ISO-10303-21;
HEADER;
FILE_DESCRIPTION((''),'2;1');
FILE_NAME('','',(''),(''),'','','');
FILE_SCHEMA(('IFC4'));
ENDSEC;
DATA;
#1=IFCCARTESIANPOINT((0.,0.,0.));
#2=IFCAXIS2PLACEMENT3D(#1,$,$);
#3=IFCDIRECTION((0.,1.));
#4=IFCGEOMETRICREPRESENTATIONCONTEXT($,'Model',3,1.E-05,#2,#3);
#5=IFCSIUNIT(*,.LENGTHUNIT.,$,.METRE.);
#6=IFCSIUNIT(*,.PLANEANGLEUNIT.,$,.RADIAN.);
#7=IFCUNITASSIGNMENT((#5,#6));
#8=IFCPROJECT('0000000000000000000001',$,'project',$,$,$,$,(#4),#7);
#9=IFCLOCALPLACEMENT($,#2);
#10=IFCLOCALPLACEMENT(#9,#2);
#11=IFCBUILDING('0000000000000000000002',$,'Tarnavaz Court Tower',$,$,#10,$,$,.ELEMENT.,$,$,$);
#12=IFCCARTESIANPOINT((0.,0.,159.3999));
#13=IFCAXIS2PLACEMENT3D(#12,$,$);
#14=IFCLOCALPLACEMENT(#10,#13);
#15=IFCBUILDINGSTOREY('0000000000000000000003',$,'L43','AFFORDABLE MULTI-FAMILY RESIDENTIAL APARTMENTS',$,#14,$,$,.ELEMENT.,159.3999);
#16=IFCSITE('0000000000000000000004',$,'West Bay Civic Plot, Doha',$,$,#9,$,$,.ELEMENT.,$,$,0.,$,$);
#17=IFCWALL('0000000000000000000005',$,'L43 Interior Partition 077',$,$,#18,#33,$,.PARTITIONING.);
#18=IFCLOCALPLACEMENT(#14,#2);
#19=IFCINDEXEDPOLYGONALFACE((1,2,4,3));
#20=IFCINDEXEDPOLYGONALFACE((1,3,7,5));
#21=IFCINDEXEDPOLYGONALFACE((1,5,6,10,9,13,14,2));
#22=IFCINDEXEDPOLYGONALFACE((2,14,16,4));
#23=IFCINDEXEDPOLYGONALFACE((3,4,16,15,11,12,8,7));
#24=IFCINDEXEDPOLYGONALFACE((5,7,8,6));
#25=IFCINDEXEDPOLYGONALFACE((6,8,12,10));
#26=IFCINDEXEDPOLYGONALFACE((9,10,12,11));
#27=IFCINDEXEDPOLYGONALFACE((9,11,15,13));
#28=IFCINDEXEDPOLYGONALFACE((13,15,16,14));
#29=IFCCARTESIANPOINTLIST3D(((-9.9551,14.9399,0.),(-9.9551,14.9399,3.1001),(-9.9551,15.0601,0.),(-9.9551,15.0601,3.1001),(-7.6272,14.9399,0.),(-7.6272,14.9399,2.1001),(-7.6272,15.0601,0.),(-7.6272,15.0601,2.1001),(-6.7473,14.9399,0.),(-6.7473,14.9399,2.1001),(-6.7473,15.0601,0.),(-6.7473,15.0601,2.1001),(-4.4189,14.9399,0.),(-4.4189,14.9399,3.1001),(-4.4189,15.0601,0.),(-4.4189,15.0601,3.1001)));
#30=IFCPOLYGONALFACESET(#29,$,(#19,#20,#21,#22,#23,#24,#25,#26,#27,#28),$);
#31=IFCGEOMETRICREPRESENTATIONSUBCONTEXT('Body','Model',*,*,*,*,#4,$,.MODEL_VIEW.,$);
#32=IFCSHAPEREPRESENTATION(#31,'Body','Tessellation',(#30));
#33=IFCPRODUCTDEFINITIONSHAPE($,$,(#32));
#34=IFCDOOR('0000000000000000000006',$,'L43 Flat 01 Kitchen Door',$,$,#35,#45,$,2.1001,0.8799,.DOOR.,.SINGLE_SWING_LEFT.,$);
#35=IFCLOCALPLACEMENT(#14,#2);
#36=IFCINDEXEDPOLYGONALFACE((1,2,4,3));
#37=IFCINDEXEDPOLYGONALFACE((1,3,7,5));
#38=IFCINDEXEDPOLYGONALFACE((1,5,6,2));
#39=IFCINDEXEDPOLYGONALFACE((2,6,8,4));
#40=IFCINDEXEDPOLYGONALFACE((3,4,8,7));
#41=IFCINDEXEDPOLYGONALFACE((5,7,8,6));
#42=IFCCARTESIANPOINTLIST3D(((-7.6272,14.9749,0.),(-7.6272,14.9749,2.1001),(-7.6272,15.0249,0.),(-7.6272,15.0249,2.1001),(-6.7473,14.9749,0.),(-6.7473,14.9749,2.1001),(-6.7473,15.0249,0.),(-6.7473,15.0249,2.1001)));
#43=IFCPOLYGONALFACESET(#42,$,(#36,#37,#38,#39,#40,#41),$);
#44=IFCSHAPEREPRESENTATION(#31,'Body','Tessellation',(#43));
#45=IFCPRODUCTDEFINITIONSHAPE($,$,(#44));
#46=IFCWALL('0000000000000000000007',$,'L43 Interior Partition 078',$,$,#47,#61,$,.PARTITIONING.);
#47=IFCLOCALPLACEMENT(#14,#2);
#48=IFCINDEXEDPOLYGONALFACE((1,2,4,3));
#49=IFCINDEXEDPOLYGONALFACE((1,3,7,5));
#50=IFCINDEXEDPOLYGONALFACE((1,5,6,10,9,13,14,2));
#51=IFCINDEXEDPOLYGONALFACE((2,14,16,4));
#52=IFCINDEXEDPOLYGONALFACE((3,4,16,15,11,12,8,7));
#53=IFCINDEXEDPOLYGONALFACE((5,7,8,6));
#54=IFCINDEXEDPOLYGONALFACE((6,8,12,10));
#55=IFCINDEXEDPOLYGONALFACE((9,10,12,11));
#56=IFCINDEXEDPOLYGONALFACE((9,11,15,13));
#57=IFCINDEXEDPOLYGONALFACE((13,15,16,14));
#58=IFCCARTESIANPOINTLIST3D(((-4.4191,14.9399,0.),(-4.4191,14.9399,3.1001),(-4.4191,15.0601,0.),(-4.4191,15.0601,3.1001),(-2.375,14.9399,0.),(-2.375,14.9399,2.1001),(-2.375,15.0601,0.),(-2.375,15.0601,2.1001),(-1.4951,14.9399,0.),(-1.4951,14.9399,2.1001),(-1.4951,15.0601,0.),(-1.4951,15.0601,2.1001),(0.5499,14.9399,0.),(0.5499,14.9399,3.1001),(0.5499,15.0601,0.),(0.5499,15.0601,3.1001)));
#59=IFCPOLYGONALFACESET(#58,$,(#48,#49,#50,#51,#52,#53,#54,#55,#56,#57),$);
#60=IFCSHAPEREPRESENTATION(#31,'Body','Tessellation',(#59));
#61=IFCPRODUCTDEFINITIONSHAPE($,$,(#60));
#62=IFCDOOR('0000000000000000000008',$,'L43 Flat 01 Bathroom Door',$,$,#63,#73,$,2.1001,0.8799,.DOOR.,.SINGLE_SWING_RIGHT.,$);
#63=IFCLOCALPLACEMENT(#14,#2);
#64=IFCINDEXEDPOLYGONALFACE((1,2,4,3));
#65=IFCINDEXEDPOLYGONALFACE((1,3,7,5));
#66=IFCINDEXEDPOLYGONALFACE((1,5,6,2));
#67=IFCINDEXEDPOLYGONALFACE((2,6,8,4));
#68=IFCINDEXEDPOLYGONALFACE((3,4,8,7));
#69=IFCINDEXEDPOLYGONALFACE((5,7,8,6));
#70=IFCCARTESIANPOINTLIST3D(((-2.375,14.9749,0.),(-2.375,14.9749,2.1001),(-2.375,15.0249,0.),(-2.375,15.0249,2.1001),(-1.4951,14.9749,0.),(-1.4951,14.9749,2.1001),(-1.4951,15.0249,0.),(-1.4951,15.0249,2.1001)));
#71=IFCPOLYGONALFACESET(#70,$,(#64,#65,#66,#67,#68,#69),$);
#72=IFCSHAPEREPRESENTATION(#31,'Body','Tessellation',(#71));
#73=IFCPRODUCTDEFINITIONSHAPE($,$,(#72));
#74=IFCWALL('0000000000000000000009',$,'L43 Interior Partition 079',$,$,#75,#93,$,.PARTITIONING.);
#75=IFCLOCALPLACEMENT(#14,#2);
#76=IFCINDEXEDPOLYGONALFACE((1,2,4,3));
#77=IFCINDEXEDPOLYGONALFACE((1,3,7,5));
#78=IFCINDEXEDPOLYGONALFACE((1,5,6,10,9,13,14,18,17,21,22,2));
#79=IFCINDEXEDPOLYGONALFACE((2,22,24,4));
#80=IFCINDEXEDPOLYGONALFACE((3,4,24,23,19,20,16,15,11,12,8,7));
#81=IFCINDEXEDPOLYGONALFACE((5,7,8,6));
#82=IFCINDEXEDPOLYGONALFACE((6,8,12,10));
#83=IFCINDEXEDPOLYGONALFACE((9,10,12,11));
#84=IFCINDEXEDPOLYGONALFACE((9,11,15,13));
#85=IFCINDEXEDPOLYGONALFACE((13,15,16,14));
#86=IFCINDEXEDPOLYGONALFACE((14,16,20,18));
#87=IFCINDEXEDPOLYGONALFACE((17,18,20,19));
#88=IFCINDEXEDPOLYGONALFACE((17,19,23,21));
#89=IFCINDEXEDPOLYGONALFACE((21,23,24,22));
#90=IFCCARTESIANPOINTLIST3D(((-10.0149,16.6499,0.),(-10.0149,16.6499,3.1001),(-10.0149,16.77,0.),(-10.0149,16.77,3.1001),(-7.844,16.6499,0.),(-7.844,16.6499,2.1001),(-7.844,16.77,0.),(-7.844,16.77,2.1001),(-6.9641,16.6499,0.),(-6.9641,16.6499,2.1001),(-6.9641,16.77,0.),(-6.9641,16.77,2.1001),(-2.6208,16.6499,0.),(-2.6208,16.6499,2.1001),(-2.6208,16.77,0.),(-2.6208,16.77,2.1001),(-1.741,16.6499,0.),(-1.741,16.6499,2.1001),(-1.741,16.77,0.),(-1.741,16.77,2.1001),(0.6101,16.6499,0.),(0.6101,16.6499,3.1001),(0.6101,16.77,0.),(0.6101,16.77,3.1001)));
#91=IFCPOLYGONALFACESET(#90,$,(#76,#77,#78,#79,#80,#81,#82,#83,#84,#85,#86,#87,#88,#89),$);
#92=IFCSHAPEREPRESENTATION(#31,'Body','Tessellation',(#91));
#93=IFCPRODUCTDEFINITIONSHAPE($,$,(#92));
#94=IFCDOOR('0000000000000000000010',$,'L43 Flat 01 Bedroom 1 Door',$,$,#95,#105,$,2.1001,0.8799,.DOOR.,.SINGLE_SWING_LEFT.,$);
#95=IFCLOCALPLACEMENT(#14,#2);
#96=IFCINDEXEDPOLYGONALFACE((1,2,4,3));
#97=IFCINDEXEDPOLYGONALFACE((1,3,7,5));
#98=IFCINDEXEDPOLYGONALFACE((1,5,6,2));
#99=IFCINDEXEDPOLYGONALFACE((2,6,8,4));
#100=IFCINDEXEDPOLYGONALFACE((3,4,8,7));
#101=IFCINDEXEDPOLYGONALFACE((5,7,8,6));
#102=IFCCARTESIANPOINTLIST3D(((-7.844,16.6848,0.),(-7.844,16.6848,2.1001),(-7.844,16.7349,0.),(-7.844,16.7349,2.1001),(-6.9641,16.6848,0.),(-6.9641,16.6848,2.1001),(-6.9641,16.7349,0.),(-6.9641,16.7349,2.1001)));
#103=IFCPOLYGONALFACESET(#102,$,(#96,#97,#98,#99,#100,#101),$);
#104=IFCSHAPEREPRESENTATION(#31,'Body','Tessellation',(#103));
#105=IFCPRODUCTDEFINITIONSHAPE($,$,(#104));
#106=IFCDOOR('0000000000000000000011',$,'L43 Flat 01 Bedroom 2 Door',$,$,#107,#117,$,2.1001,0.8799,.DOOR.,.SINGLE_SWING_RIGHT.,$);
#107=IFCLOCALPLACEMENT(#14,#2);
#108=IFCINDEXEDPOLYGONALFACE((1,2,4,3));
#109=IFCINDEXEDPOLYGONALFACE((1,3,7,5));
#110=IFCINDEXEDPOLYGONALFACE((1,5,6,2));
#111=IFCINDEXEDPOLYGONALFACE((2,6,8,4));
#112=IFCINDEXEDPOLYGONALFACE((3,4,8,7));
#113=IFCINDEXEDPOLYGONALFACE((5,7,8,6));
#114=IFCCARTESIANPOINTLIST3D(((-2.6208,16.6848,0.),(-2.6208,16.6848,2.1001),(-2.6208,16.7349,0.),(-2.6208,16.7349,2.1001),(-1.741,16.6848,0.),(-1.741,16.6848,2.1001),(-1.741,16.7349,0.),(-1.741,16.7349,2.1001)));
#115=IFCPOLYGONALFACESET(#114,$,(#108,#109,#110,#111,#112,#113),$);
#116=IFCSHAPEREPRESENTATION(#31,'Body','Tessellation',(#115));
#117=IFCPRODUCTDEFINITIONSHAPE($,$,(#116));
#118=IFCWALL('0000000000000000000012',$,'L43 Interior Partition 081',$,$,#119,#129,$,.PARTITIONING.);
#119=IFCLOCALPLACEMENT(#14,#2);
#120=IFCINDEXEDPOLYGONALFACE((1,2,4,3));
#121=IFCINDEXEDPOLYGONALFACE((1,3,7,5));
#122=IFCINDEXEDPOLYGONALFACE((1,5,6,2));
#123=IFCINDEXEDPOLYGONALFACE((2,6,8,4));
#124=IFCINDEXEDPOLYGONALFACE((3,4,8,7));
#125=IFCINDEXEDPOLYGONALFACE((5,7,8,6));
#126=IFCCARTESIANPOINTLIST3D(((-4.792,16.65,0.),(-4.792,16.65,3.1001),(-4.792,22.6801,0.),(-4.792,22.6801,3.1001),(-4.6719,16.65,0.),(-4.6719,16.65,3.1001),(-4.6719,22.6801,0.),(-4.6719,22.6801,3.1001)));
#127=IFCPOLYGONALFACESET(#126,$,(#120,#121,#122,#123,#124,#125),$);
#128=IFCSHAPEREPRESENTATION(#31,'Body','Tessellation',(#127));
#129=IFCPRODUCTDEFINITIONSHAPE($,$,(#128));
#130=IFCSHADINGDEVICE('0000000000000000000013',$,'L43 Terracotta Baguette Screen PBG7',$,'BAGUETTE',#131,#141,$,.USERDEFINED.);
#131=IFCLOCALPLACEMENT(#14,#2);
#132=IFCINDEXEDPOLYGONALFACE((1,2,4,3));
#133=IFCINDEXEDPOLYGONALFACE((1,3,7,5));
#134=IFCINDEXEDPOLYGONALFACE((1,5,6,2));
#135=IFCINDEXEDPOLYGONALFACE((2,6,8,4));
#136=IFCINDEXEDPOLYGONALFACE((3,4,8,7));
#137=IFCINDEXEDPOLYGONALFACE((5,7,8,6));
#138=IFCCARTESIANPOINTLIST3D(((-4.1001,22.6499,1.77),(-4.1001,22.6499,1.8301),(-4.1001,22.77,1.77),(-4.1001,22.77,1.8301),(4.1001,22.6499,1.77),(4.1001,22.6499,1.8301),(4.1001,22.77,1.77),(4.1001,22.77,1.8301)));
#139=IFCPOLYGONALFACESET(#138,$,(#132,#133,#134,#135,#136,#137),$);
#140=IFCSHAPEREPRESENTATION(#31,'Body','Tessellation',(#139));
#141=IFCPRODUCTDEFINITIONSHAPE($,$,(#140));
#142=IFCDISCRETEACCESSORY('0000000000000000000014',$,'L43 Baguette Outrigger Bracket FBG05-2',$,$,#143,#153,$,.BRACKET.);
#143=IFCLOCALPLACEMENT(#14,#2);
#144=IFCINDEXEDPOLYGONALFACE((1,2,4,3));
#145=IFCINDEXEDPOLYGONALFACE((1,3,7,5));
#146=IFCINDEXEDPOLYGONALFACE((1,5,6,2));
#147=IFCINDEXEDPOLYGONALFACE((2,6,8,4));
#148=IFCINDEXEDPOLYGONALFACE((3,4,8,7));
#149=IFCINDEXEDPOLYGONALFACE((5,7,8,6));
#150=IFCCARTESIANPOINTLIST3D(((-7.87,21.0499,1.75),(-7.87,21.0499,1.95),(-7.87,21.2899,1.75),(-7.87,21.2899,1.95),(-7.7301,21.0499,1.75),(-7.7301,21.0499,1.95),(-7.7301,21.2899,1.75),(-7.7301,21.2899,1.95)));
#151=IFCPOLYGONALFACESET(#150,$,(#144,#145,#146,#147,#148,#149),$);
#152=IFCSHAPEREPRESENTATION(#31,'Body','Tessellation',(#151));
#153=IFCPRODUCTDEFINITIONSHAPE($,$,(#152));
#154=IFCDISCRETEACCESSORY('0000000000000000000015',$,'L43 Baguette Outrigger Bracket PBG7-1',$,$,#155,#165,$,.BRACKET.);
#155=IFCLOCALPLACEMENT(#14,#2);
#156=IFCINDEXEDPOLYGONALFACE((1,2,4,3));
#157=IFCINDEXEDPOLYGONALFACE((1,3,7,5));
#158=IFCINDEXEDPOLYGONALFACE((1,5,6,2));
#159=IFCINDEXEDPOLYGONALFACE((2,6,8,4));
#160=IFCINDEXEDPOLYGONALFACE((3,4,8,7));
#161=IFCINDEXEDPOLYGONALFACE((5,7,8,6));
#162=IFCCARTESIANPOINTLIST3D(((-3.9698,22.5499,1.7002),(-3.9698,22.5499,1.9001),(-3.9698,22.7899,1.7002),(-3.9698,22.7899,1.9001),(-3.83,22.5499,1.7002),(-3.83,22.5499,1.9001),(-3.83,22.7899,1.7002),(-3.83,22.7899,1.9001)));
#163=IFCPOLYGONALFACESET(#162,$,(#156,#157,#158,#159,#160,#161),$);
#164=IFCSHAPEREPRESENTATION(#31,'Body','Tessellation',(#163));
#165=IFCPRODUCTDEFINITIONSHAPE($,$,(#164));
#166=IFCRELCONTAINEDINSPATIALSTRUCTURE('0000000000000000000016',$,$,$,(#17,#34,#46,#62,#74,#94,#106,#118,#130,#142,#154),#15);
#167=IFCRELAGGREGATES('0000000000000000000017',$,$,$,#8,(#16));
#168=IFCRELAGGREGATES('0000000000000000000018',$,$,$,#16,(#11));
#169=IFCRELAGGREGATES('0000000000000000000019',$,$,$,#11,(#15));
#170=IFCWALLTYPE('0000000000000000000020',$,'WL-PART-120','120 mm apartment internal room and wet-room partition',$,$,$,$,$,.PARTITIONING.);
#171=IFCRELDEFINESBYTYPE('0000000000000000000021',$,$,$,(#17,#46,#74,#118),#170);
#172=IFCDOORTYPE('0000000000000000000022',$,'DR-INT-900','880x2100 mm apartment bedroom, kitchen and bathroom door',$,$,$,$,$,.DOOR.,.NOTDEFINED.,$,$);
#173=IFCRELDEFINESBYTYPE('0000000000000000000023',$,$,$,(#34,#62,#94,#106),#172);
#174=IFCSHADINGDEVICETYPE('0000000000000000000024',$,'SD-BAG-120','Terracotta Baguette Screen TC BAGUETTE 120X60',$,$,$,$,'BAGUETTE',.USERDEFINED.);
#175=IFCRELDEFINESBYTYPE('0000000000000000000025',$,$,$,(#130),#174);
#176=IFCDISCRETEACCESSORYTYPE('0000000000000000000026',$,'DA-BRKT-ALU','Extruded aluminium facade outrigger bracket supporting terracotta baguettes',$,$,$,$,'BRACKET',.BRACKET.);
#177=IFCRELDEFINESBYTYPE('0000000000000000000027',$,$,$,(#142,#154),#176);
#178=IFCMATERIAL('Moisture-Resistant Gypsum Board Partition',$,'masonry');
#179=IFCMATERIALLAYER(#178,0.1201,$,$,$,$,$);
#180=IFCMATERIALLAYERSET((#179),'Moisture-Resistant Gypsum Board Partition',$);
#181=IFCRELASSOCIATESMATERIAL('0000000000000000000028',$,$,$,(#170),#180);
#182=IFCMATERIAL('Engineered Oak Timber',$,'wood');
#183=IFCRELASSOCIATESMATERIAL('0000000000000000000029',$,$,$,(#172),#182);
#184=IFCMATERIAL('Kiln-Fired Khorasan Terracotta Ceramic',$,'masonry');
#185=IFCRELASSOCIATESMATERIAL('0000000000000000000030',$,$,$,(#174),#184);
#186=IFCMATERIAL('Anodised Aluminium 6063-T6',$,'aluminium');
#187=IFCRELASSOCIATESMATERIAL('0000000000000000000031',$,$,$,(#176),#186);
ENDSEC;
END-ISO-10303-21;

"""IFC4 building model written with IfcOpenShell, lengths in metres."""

from ifc_helpers import new_model, si_unit, direction, frame, frame_2d, origin, origin_2d, place, context, subcontext, project, spatial, rectangle, extrude, material, layer, layer_set, material_profile, profile_set, type_object, element, fill, save


model = new_model("IFC4")

# Units and contexts
model_context = context("Model", 3, precision=1e-05, world=origin(), true_north=direction((0.0, 1.0)))
body_context = subcontext(model_context, "Body", "Model", "MODEL_VIEW")
ifc_project = project(units=[si_unit("LENGTHUNIT", "METRE"), si_unit("PLANEANGLEUNIT", "RADIAN")], contexts=[model_context])

# Site, building, storey
site_placement = place(None, origin())
site = spatial("IfcSite", under=ifc_project, at=site_placement, Name="West Bay Civic Plot, Doha", CompositionType="ELEMENT", RefElevation=0.0)
building_placement = place(site_placement, origin())
building = spatial("IfcBuilding", under=site, at=building_placement, Name="Tarnavaz Court Tower", CompositionType="ELEMENT")
storey_placement = place(building_placement, frame((0.0, 0.0, 159.3999)))
storey = spatial("IfcBuildingStorey", under=building, at=storey_placement, Name="L43", Description="AFFORDABLE MULTI-FAMILY RESIDENTIAL APARTMENTS", CompositionType="ELEMENT", Elevation=159.3999)

# Shared definitions
ifc_material_1 = material(Name="Anodised Aluminium 6063-T6", Category="aluminium")

# Walls, openings, doors
ifc_material_2 = material(Name="Moisture-Resistant Gypsum Board Partition", Category="masonry")
ifc_layer_1 = layer(ifc_material_2, 0.1201)
ifc_layer_set_1 = layer_set([ifc_layer_1], Name="Moisture-Resistant Gypsum Board Partition")
wall_type_1 = type_object("IfcWallType", Name="WL-PART-120", Description="120 mm apartment internal room and wet-room partition", PredefinedType="PARTITIONING", material=ifc_layer_set_1)
wall_1_placement = place(storey_placement, frame((-9.9551, 15.0, 0.0), z_axis=(0.0, 0.0, 1.0), x_axis=(1.0, 0.0, 0.0)))
wall_1 = element("IfcWall", 1, at=wall_1_placement, inside=storey, type_object=wall_type_1, Name="L43 Interior Partition 077", PredefinedType="PARTITIONING", context=body_context, shape_type="SweptSolid", body=[
    extrude(rectangle(XDim=5.5361, YDim=0.1201, at=frame_2d((2.7681, 0.0))), origin(), (0.0, 0.0, 1.0), 3.1001),
])
opening_1_placement = place(wall_1_placement, frame((2.3279, 0.0, 0.0)))
opening_1 = element("IfcOpeningElement", 2, at=opening_1_placement, cuts=wall_1, PredefinedType="OPENING", context=body_context, shape_type="SweptSolid", body=[
    extrude(rectangle(XDim=0.8799, YDim=2.1001, at=frame_2d((0.4399, 1.05))), frame((0.0, 0.0701, 0.0), z_axis=(0.0, -1.0, 0.0), x_axis=(1.0, 0.0, 0.0)), (0.0, 0.0, 1.0), 0.1401),
])
ifc_material_3 = material(Name="Engineered Oak Timber", Category="wood")
door_type = type_object("IfcDoorType", Name="DR-INT-900", Description="880x2100 mm apartment bedroom, kitchen and bathroom door", OperationType="NOTDEFINED", PredefinedType="DOOR", material=ifc_material_3)
door_1_placement = place(opening_1_placement, origin())
door_1 = element("IfcDoor", 3, at=door_1_placement, inside=storey, type_object=door_type, Name="L43 Flat 01 Kitchen Door", OperationType="SINGLE_SWING_LEFT", OverallHeight=2.1001, OverallWidth=0.8799, PredefinedType="DOOR", context=body_context, shape_type="SweptSolid", body=[
    extrude(rectangle(XDim=0.8799, YDim=2.1001, at=frame_2d((0.4399, 1.05))), frame((0.0, 0.0249, 0.0), z_axis=(0.0, -1.0, 0.0), x_axis=(1.0, 0.0, 0.0)), (0.0, 0.0, 1.0), 0.05),
])
fill(opening_1, door_1)
wall_2_placement = place(storey_placement, frame((-4.4189, 15.0, 0.0), z_axis=(0.0, 0.0, 1.0), x_axis=(1.0, 0.0, 0.0)))
wall_2 = element("IfcWall", 4, at=wall_2_placement, inside=storey, type_object=wall_type_1, Name="L43 Interior Partition 078", PredefinedType="PARTITIONING", context=body_context, shape_type="SweptSolid", body=[
    extrude(rectangle(XDim=4.969, YDim=0.1201, at=frame_2d((2.4844, 0.0))), origin(), (0.0, 0.0, 1.0), 3.1001),
])
opening_2_placement = place(wall_2_placement, frame((2.0439, 0.0, 0.0)))
opening_2 = element("IfcOpeningElement", 5, at=opening_2_placement, cuts=wall_2, PredefinedType="OPENING", context=body_context, shape_type="SweptSolid", body=[
    extrude(rectangle(XDim=0.8799, YDim=2.1001, at=frame_2d((0.4399, 1.05))), frame((0.0, 0.0701, 0.0), z_axis=(0.0, -1.0, 0.0), x_axis=(1.0, 0.0, 0.0)), (0.0, 0.0, 1.0), 0.1401),
])
door_2_placement = place(opening_2_placement, origin())
door_2 = element("IfcDoor", 6, at=door_2_placement, inside=storey, type_object=door_type, Name="L43 Flat 01 Bathroom Door", OperationType="SINGLE_SWING_RIGHT", OverallHeight=2.1001, OverallWidth=0.8799, PredefinedType="DOOR", context=body_context, shape_type="SweptSolid", body=[
    extrude(rectangle(XDim=0.8799, YDim=2.1001, at=frame_2d((0.4399, 1.05))), frame((0.0, 0.0249, 0.0), z_axis=(0.0, -1.0, 0.0), x_axis=(1.0, 0.0, 0.0)), (0.0, 0.0, 1.0), 0.05),
])
fill(opening_2, door_2)

# Wall, openings, doors
wall_3_placement = place(storey_placement, frame((-10.0149, 16.71, 0.0), z_axis=(0.0, 0.0, 1.0), x_axis=(1.0, 0.0, 0.0)))
wall_3 = element("IfcWall", 7, at=wall_3_placement, inside=storey, type_object=wall_type_1, Name="L43 Interior Partition 079", PredefinedType="PARTITIONING", context=body_context, shape_type="SweptSolid", body=[
    extrude(rectangle(XDim=10.625, YDim=0.1201, at=frame_2d((5.3125, 0.0))), origin(), (0.0, 0.0, 1.0), 3.1001),
])
opening_3_placement = place(wall_3_placement, frame((2.1709, 0.0, 0.0)))
opening_3 = element("IfcOpeningElement", 8, at=opening_3_placement, cuts=wall_3, PredefinedType="OPENING", context=body_context, shape_type="SweptSolid", body=[
    extrude(rectangle(XDim=0.8799, YDim=2.1001, at=frame_2d((0.4399, 1.05))), frame((0.0, 0.0701, 0.0), z_axis=(0.0, -1.0, 0.0), x_axis=(1.0, 0.0, 0.0)), (0.0, 0.0, 1.0), 0.1401),
])
opening_4_placement = place(wall_3_placement, frame((7.394, 0.0, 0.0)))
opening_4 = element("IfcOpeningElement", 9, at=opening_4_placement, cuts=wall_3, PredefinedType="OPENING", context=body_context, shape_type="SweptSolid", body=[
    extrude(rectangle(XDim=0.8799, YDim=2.1001, at=frame_2d((0.4399, 1.05))), frame((0.0, 0.0701, 0.0), z_axis=(0.0, -1.0, 0.0), x_axis=(1.0, 0.0, 0.0)), (0.0, 0.0, 1.0), 0.1401),
])
door_3_placement = place(opening_3_placement, origin())
door_3 = element("IfcDoor", 10, at=door_3_placement, inside=storey, type_object=door_type, Name="L43 Flat 01 Bedroom 1 Door", OperationType="SINGLE_SWING_LEFT", OverallHeight=2.1001, OverallWidth=0.8799, PredefinedType="DOOR", context=body_context, shape_type="SweptSolid", body=[
    extrude(rectangle(XDim=0.8799, YDim=2.1001, at=frame_2d((0.4399, 1.05))), frame((0.0, 0.0249, 0.0), z_axis=(0.0, -1.0, 0.0), x_axis=(1.0, 0.0, 0.0)), (0.0, 0.0, 1.0), 0.05),
])
fill(opening_3, door_3)
door_4_placement = place(opening_4_placement, origin())
door_4 = element("IfcDoor", 11, at=door_4_placement, inside=storey, type_object=door_type, Name="L43 Flat 01 Bedroom 2 Door", OperationType="SINGLE_SWING_RIGHT", OverallHeight=2.1001, OverallWidth=0.8799, PredefinedType="DOOR", context=body_context, shape_type="SweptSolid", body=[
    extrude(rectangle(XDim=0.8799, YDim=2.1001, at=frame_2d((0.4399, 1.05))), frame((0.0, 0.0249, 0.0), z_axis=(0.0, -1.0, 0.0), x_axis=(1.0, 0.0, 0.0)), (0.0, 0.0, 1.0), 0.05),
])
fill(opening_4, door_4)

# Wall
wall_4_placement = place(storey_placement, frame((-4.7319, 16.6499, 0.0), z_axis=(0.0, 0.0, 1.0), x_axis=(0.0, 1.0, 0.0)))
element("IfcWall", 12, at=wall_4_placement, inside=storey, type_object=wall_type_1, Name="L43 Interior Partition 081", PredefinedType="PARTITIONING", context=body_context, shape_type="SweptSolid", body=[
    extrude(rectangle(XDim=6.03, YDim=0.1201, at=frame_2d((3.0151, 0.0))), origin(), (0.0, 0.0, 1.0), 3.1001),
])

# Shading device
ifc_material_4 = material(Name="Kiln-Fired Khorasan Terracotta Ceramic", Category="masonry")
ifc_material_profile_1 = material_profile(ifc_material_4, rectangle(XDim=0.1201, YDim=0.0601, at=origin_2d()), Name="TC BAGUETTE 120X60")
ifc_profile_set_1 = profile_set([ifc_material_profile_1], Name="Kiln-Fired Khorasan Terracotta Ceramic")
shading_device_type = type_object("IfcShadingDeviceType", Name="SD-BAG-120", Description="Terracotta Baguette Screen TC BAGUETTE 120X60", ElementType="BAGUETTE", PredefinedType="USERDEFINED", material=ifc_profile_set_1)
shading_device_placement = place(storey_placement, frame((-4.1001, 22.71, 1.8), z_axis=(1.0, 0.0, 0.0), x_axis=(0.0, 1.0, 0.0)))
element("IfcShadingDevice", 13, at=shading_device_placement, inside=storey, type_object=shading_device_type, Name="L43 Terracotta Baguette Screen PBG7", ObjectType="BAGUETTE", PredefinedType="USERDEFINED", context=body_context, shape_type="SweptSolid", body=[
    extrude(rectangle(XDim=0.1201, YDim=0.0601, at=origin_2d()), origin(), (0.0, 0.0, 1.0), 8.2002),
])

# Discrete accessories
discrete_accessory_type = type_object("IfcDiscreteAccessoryType", Name="DA-BRKT-ALU", Description="Extruded aluminium facade outrigger bracket supporting terracotta baguettes", ElementType="BRACKET", PredefinedType="BRACKET", material=ifc_material_1)
for number, where, z_axis, x_axis, name in (
    (14, (-7.8, 21.1699, 1.75), (0.0, 0.0, 1.0), (1.0, 0.0, 0.0), "L43 Baguette Outrigger Bracket FBG05-2"),
    (15, (-3.8999, 22.6699, 1.7002), (0.0, 0.0, 1.0), (1.0, 0.0, 0.0), "L43 Baguette Outrigger Bracket PBG7-1"),
):
    element("IfcDiscreteAccessory", number, at=place(storey_placement, frame(where, z_axis=z_axis, x_axis=x_axis)), inside=storey, type_object=discrete_accessory_type, Name=name, PredefinedType="BRACKET", context=body_context, shape_type="SweptSolid", body=[
        extrude(rectangle(XDim=0.1399, YDim=0.24, at=origin_2d()), origin(), (0.0, 0.0, 1.0), 0.2),
    ])

save(model, "model.ifc")
